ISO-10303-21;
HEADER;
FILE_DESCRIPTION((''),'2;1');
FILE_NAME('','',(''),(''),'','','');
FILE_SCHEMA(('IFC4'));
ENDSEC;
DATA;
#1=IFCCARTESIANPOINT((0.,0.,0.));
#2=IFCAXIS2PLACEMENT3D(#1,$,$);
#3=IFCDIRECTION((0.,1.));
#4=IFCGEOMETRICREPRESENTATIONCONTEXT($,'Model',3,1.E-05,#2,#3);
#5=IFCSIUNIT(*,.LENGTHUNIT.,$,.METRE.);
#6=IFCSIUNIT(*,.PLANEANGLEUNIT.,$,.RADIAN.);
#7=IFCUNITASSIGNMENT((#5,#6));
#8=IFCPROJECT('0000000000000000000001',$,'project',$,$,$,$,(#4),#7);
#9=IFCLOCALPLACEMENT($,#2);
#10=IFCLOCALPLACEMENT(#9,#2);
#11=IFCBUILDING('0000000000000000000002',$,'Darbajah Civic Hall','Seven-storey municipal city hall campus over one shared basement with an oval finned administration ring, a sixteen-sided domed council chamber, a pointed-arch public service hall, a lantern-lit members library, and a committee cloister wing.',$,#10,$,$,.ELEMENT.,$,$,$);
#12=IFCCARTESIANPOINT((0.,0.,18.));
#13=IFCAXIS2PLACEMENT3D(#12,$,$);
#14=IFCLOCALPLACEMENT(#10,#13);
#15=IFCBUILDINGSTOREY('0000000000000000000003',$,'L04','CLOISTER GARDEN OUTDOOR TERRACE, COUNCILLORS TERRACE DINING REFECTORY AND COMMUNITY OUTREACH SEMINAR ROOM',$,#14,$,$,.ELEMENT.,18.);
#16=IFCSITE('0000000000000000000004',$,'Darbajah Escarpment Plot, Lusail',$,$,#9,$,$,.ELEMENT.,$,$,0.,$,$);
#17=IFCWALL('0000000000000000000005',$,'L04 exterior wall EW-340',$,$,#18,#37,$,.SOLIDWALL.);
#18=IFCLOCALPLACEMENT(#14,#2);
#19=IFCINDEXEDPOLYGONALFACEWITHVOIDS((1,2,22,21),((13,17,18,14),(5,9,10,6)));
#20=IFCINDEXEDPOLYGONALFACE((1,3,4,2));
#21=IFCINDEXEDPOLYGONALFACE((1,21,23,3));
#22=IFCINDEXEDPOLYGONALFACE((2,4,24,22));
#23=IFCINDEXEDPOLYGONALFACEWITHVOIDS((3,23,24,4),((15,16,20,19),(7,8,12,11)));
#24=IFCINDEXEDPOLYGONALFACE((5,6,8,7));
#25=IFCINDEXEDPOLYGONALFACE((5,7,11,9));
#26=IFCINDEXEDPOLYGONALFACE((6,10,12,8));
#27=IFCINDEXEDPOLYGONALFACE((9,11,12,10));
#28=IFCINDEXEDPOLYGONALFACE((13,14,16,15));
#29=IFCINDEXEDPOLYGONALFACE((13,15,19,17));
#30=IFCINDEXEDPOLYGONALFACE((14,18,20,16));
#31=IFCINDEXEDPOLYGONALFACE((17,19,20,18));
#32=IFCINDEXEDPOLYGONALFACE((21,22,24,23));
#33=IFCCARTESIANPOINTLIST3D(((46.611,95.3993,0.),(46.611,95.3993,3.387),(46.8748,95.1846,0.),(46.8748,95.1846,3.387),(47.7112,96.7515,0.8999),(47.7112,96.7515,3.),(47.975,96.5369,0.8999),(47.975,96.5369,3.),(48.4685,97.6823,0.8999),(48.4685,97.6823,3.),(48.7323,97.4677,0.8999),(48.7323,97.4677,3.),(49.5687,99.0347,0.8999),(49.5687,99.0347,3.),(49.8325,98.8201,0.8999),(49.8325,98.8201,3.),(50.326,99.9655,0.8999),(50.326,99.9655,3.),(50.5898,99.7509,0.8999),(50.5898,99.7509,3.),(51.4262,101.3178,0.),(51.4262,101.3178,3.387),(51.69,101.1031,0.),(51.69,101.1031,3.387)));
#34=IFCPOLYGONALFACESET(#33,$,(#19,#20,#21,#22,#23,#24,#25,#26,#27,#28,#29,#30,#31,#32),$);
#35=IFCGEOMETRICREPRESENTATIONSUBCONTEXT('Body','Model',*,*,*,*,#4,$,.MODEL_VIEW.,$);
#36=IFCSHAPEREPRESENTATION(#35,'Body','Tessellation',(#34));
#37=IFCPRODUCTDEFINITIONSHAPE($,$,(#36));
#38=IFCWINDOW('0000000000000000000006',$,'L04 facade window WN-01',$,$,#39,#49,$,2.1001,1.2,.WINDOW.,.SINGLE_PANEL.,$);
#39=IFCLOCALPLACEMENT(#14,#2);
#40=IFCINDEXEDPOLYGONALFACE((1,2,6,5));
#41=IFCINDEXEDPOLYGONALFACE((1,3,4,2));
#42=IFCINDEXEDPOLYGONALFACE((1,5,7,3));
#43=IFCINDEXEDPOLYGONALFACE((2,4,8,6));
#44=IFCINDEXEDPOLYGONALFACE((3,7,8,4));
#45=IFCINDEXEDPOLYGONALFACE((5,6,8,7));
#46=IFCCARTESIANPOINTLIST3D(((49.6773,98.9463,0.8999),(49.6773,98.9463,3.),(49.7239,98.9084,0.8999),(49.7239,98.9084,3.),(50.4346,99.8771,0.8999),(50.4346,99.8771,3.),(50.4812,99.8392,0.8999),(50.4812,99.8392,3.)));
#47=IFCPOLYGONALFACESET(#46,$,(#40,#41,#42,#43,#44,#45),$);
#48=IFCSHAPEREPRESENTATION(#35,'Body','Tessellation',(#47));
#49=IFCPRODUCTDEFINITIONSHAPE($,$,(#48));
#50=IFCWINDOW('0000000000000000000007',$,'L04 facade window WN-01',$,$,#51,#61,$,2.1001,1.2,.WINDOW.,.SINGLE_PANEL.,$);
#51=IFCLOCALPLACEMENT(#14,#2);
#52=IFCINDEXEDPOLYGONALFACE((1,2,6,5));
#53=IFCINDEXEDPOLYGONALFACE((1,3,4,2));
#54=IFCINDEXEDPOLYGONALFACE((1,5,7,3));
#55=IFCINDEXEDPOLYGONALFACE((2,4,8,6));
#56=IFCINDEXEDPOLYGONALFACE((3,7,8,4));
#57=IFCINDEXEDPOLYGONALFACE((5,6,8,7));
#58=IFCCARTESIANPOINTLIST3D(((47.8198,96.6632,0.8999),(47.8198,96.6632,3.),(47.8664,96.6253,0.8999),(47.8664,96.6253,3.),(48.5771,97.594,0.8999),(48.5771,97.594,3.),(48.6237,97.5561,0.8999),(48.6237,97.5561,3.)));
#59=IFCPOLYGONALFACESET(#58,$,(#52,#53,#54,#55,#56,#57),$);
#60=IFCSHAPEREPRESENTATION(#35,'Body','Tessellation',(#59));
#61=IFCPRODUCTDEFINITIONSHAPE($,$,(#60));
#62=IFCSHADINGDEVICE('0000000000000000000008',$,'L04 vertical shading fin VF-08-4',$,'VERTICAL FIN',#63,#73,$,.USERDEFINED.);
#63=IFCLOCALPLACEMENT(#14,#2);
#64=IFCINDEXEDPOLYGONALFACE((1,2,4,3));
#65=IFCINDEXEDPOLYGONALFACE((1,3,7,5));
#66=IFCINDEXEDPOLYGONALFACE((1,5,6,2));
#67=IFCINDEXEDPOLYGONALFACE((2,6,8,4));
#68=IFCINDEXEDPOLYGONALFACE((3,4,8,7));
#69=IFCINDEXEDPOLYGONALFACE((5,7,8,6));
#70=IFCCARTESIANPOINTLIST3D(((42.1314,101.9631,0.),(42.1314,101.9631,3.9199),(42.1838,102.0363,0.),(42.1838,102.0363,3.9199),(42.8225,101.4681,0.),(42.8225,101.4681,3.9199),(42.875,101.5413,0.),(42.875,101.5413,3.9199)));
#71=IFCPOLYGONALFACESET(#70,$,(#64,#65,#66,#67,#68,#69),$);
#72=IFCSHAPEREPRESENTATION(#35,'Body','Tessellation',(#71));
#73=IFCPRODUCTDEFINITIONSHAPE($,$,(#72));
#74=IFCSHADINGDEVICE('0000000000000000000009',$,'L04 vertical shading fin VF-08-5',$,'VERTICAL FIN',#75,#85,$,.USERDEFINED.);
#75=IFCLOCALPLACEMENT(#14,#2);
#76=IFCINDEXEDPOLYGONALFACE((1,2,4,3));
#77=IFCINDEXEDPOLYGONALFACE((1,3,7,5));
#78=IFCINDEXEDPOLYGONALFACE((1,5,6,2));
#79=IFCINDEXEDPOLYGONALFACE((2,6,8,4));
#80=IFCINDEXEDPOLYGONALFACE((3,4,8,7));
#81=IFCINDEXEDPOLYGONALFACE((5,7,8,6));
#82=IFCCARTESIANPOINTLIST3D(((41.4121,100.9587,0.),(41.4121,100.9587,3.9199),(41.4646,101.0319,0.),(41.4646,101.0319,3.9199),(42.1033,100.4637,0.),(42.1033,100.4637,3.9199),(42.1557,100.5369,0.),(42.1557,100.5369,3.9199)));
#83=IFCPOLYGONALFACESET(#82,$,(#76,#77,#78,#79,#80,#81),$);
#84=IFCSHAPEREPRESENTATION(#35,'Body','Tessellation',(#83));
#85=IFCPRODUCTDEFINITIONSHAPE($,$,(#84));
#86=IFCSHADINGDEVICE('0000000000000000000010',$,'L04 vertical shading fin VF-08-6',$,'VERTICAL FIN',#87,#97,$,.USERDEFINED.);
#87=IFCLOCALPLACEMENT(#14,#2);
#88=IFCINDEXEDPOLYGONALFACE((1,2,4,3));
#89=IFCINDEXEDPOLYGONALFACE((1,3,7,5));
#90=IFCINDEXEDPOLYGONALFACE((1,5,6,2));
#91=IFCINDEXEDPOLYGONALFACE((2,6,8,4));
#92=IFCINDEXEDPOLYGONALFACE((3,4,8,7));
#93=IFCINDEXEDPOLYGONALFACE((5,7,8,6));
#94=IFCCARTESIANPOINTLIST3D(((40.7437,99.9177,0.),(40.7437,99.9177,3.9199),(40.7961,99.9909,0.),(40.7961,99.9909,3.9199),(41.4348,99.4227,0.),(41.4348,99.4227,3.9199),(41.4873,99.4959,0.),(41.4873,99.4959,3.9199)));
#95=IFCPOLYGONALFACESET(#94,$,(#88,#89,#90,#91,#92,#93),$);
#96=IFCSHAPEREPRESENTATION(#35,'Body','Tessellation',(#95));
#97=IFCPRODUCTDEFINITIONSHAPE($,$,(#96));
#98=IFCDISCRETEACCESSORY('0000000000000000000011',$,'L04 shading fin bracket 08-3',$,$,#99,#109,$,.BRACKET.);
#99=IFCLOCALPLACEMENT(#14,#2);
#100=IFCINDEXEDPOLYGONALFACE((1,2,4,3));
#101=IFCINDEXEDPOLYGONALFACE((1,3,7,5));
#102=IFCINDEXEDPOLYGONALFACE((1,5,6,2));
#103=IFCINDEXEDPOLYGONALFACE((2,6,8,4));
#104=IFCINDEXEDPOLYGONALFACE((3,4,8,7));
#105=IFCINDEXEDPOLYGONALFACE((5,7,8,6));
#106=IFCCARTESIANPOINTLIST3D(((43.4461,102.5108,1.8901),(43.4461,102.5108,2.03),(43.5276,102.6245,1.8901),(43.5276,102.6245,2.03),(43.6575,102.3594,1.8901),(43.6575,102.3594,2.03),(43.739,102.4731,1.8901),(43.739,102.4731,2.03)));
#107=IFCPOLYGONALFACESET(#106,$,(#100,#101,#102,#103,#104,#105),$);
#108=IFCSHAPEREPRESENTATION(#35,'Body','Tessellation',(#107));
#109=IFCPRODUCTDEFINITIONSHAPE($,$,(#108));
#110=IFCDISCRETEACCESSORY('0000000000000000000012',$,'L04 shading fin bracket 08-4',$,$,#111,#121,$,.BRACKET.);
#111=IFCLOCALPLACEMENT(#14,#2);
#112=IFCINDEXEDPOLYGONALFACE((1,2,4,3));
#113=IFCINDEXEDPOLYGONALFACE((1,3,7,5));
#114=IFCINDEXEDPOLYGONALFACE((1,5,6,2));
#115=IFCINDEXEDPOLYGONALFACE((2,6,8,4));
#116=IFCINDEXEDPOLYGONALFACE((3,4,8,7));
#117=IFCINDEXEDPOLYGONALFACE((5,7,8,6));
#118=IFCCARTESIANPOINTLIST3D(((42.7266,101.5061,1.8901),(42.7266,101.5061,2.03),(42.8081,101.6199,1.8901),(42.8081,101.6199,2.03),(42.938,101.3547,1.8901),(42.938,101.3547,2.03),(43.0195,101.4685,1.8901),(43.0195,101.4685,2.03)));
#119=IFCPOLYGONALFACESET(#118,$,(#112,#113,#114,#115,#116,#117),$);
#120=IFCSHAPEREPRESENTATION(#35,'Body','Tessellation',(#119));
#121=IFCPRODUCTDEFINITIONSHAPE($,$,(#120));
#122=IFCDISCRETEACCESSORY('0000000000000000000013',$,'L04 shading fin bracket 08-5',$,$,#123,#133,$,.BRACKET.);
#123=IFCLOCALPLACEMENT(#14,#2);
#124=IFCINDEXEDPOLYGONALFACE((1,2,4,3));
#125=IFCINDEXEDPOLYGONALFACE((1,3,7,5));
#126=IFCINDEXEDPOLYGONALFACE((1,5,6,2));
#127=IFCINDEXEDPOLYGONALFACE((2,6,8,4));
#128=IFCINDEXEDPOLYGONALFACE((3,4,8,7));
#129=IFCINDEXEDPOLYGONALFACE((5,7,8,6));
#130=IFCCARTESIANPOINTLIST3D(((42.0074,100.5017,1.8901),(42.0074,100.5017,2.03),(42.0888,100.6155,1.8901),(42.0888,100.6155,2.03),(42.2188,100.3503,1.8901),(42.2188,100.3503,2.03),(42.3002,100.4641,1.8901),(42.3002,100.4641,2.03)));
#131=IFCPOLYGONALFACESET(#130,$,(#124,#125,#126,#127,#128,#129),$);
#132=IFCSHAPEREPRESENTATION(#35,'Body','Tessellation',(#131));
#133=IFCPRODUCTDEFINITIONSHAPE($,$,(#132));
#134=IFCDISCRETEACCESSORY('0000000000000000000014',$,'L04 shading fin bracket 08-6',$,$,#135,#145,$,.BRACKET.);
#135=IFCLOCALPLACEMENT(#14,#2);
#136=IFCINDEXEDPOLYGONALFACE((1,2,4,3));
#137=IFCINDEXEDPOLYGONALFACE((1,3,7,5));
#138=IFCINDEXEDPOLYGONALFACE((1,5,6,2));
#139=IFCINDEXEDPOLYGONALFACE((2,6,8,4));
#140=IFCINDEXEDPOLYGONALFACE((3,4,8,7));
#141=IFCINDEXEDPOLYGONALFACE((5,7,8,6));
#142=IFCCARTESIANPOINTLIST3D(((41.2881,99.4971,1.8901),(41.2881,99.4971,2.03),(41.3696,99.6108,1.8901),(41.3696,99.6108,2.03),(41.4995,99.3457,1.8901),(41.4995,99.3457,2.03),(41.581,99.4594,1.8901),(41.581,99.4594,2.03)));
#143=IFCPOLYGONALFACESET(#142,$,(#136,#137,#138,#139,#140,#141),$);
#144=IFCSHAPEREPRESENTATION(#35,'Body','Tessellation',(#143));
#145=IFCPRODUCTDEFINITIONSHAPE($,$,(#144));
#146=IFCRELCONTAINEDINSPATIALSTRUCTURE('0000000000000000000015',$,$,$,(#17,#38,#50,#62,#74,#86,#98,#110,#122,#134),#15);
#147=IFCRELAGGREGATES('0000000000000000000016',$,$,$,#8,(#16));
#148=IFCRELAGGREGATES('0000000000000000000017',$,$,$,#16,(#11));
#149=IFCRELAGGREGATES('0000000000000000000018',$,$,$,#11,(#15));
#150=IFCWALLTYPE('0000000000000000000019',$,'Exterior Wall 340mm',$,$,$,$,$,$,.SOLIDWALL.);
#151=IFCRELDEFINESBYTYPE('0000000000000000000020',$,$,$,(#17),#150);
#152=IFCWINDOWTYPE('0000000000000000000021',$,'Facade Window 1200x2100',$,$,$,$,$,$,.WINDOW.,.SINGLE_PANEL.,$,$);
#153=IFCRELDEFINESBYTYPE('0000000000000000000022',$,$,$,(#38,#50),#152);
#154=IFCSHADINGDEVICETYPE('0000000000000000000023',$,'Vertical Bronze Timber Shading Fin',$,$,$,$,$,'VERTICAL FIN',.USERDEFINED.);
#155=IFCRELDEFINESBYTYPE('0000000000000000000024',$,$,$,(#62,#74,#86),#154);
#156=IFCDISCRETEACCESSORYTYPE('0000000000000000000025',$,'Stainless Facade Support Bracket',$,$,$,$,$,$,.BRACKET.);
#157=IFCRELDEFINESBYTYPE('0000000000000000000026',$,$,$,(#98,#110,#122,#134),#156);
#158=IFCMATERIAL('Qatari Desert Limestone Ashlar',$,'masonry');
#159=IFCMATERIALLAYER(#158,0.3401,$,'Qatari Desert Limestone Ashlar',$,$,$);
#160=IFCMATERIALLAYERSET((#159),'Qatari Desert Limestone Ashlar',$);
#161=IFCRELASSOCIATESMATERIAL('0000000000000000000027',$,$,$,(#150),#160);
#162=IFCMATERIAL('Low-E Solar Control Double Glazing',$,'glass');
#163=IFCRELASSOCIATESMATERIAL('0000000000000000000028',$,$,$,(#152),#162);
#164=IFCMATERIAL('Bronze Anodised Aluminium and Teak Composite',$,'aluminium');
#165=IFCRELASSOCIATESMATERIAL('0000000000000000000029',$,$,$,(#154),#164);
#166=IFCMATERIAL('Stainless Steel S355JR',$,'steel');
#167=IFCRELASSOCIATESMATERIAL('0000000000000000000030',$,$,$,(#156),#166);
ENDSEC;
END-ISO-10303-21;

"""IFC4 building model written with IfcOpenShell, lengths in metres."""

from ifc_helpers import new_model, si_unit, direction, frame, frame_2d, origin, origin_2d, place, context, subcontext, project, spatial, rectangle, extrude, material, layer, layer_set, type_object, element, fill, save


model = new_model("IFC4")

# Units and contexts
model_context = context("Model", 3, precision=1e-05, world=origin(), true_north=direction((0.0, 1.0)))
body_context = subcontext(model_context, "Body", "Model", "MODEL_VIEW")
ifc_project = project(units=[si_unit("LENGTHUNIT", "METRE"), si_unit("PLANEANGLEUNIT", "RADIAN")], contexts=[model_context])

# Site, building, storey
site_placement = place(None, origin())
site = spatial("IfcSite", under=ifc_project, at=site_placement, Name="Darbajah Escarpment Plot, Lusail", CompositionType="ELEMENT", RefElevation=0.0)
building_placement = place(site_placement, origin())
building = spatial("IfcBuilding", under=site, at=building_placement, Name="Darbajah Civic Hall", Description="Seven-storey municipal city hall campus over one shared basement with an oval finned administration ring, a sixteen-sided domed council chamber, a pointed-arch public service hall, a lantern-lit members library, and a committee cloister wing.", CompositionType="ELEMENT")
storey_placement = place(building_placement, frame((0.0, 0.0, 18.0)))
storey = spatial("IfcBuildingStorey", under=building, at=storey_placement, Name="L04", Description="CLOISTER GARDEN OUTDOOR TERRACE, COUNCILLORS TERRACE DINING REFECTORY AND COMMUNITY OUTREACH SEMINAR ROOM", CompositionType="ELEMENT", Elevation=18.0)

# Shared definitions
ifc_material_1 = material(Name="Low-E Solar Control Double Glazing", Category="glass")

# Wall, openings, windows
ifc_material_2 = material(Name="Qatari Desert Limestone Ashlar", Category="masonry")
ifc_layer_1 = layer(ifc_material_2, 0.3401, Name="Qatari Desert Limestone Ashlar")
ifc_layer_set_1 = layer_set([ifc_layer_1], Name="Qatari Desert Limestone Ashlar")
wall_type = type_object("IfcWallType", Name="Exterior Wall 340mm", PredefinedType="SOLIDWALL", material=ifc_layer_set_1)
wall_placement = place(storey_placement, frame((51.5581, 101.2104, 0.0), z_axis=(0.0, 0.0, 1.0), x_axis=(-0.631101, -0.775701, 0.0)))
wall = element("IfcWall", 1, at=wall_placement, inside=storey, type_object=wall_type, Name="L04 exterior wall EW-340", PredefinedType="SOLIDWALL", context=body_context, shape_type="SweptSolid", body=[
    extrude(rectangle(XDim=7.6299, YDim=0.3401, at=frame_2d((3.8149, 0.0))), origin(), (0.0, 0.0, 1.0), 3.387),
])
opening_1_placement = place(wall_placement, frame((1.7432, 0.0, 0.8999)))
opening_1 = element("IfcOpeningElement", 2, at=opening_1_placement, cuts=wall, PredefinedType="OPENING", context=body_context, shape_type="SweptSolid", body=[
    extrude(rectangle(XDim=1.2, YDim=2.1001, at=frame_2d((0.6001, 1.05))), frame((0.0, 0.1799, 0.0), z_axis=(0.0, -1.0, 0.0), x_axis=(1.0, 0.0, 0.0)), (0.0, 0.0, 1.0), 0.3601),
])
opening_2_placement = place(wall_placement, frame((4.6865, 0.0, 0.8999)))
opening_2 = element("IfcOpeningElement", 3, at=opening_2_placement, cuts=wall, PredefinedType="OPENING", context=body_context, shape_type="SweptSolid", body=[
    extrude(rectangle(XDim=1.2, YDim=2.1001, at=frame_2d((0.6001, 1.05))), frame((0.0, 0.1799, 0.0), z_axis=(0.0, -1.0, 0.0), x_axis=(1.0, 0.0, 0.0)), (0.0, 0.0, 1.0), 0.3601),
])
window_type = type_object("IfcWindowType", Name="Facade Window 1200x2100", PartitioningType="SINGLE_PANEL", PredefinedType="WINDOW", material=ifc_material_1)
window_1_placement = place(opening_1_placement, origin())
window_1 = element("IfcWindow", 4, at=window_1_placement, inside=storey, type_object=window_type, Name="L04 facade window WN-01", OverallHeight=2.1001, OverallWidth=1.2, PartitioningType="SINGLE_PANEL", PredefinedType="WINDOW", context=body_context, shape_type="SweptSolid", body=[
    extrude(rectangle(XDim=1.2, YDim=2.1001, at=frame_2d((0.6001, 1.05))), frame((0.0, 0.03, 0.0), z_axis=(0.0, -1.0, 0.0), x_axis=(1.0, 0.0, 0.0)), (0.0, 0.0, 1.0), 0.0601),
])
fill(opening_1, window_1)
window_2_placement = place(opening_2_placement, origin())
window_2 = element("IfcWindow", 5, at=window_2_placement, inside=storey, type_object=window_type, Name="L04 facade window WN-01", OverallHeight=2.1001, OverallWidth=1.2, PartitioningType="SINGLE_PANEL", PredefinedType="WINDOW", context=body_context, shape_type="SweptSolid", body=[
    extrude(rectangle(XDim=1.2, YDim=2.1001, at=frame_2d((0.6001, 1.05))), frame((0.0, 0.03, 0.0), z_axis=(0.0, -1.0, 0.0), x_axis=(1.0, 0.0, 0.0)), (0.0, 0.0, 1.0), 0.0601),
])
fill(opening_2, window_2)

# Shading devices
ifc_material_3 = material(Name="Bronze Anodised Aluminium and Teak Composite", Category="aluminium")
shading_device_type = type_object("IfcShadingDeviceType", Name="Vertical Bronze Timber Shading Fin", ElementType="VERTICAL FIN", PredefinedType="USERDEFINED", material=ifc_material_3)
for number, where, z_axis, x_axis, name in (
    (6, (42.5032, 101.7522, 0.0), (0.0, 0.0, 1.0), (-0.812999, 0.582265, 0.0), "L04 vertical shading fin VF-08-4"),
    (7, (41.7839, 100.7478, 0.0), (0.0, 0.0, 1.0), (-0.812999, 0.582265, 0.0), "L04 vertical shading fin VF-08-5"),
    (8, (41.1155, 99.7068, 0.0), (0.0, 0.0, 1.0), (-0.812999, 0.582265, 0.0), "L04 vertical shading fin VF-08-6"),
):
    element("IfcShadingDevice", number, at=place(storey_placement, frame(where, z_axis=z_axis, x_axis=x_axis)), inside=storey, type_object=shading_device_type, Name=name, ObjectType="VERTICAL FIN", PredefinedType="USERDEFINED", context=body_context, shape_type="SweptSolid", body=[
        extrude(rectangle(XDim=0.8501, YDim=0.0901, at=origin_2d()), origin(), (0.0, 0.0, 1.0), 3.9199),
    ])

# Discrete accessories
ifc_material_4 = material(Name="Stainless Steel S355JR", Category="steel")
discrete_accessory_type = type_object("IfcDiscreteAccessoryType", Name="Stainless Facade Support Bracket", PredefinedType="BRACKET", material=ifc_material_4)
for number, where, z_axis, x_axis, name in (
    (9, (43.5925, 102.4919, 1.8901), (0.0, 0.0, 1.0), (-0.812999, 0.582265, 0.0), "L04 shading fin bracket 08-3"),
    (10, (42.873, 101.4873, 1.8901), (0.0, 0.0, 1.0), (-0.812999, 0.582265, 0.0), "L04 shading fin bracket 08-4"),
    (11, (42.1538, 100.4829, 1.8901), (0.0, 0.0, 1.0), (-0.812999, 0.582265, 0.0), "L04 shading fin bracket 08-5"),
    (12, (41.4346, 99.4783, 1.8901), (0.0, 0.0, 1.0), (-0.812999, 0.582265, 0.0), "L04 shading fin bracket 08-6"),
):
    element("IfcDiscreteAccessory", number, at=place(storey_placement, frame(where, z_axis=z_axis, x_axis=x_axis)), inside=storey, type_object=discrete_accessory_type, Name=name, PredefinedType="BRACKET", context=body_context, shape_type="SweptSolid", body=[
        extrude(rectangle(XDim=0.26, YDim=0.1399, at=origin_2d()), origin(), (0.0, 0.0, 1.0), 0.1399),
    ])

save(model, "model.ifc")
